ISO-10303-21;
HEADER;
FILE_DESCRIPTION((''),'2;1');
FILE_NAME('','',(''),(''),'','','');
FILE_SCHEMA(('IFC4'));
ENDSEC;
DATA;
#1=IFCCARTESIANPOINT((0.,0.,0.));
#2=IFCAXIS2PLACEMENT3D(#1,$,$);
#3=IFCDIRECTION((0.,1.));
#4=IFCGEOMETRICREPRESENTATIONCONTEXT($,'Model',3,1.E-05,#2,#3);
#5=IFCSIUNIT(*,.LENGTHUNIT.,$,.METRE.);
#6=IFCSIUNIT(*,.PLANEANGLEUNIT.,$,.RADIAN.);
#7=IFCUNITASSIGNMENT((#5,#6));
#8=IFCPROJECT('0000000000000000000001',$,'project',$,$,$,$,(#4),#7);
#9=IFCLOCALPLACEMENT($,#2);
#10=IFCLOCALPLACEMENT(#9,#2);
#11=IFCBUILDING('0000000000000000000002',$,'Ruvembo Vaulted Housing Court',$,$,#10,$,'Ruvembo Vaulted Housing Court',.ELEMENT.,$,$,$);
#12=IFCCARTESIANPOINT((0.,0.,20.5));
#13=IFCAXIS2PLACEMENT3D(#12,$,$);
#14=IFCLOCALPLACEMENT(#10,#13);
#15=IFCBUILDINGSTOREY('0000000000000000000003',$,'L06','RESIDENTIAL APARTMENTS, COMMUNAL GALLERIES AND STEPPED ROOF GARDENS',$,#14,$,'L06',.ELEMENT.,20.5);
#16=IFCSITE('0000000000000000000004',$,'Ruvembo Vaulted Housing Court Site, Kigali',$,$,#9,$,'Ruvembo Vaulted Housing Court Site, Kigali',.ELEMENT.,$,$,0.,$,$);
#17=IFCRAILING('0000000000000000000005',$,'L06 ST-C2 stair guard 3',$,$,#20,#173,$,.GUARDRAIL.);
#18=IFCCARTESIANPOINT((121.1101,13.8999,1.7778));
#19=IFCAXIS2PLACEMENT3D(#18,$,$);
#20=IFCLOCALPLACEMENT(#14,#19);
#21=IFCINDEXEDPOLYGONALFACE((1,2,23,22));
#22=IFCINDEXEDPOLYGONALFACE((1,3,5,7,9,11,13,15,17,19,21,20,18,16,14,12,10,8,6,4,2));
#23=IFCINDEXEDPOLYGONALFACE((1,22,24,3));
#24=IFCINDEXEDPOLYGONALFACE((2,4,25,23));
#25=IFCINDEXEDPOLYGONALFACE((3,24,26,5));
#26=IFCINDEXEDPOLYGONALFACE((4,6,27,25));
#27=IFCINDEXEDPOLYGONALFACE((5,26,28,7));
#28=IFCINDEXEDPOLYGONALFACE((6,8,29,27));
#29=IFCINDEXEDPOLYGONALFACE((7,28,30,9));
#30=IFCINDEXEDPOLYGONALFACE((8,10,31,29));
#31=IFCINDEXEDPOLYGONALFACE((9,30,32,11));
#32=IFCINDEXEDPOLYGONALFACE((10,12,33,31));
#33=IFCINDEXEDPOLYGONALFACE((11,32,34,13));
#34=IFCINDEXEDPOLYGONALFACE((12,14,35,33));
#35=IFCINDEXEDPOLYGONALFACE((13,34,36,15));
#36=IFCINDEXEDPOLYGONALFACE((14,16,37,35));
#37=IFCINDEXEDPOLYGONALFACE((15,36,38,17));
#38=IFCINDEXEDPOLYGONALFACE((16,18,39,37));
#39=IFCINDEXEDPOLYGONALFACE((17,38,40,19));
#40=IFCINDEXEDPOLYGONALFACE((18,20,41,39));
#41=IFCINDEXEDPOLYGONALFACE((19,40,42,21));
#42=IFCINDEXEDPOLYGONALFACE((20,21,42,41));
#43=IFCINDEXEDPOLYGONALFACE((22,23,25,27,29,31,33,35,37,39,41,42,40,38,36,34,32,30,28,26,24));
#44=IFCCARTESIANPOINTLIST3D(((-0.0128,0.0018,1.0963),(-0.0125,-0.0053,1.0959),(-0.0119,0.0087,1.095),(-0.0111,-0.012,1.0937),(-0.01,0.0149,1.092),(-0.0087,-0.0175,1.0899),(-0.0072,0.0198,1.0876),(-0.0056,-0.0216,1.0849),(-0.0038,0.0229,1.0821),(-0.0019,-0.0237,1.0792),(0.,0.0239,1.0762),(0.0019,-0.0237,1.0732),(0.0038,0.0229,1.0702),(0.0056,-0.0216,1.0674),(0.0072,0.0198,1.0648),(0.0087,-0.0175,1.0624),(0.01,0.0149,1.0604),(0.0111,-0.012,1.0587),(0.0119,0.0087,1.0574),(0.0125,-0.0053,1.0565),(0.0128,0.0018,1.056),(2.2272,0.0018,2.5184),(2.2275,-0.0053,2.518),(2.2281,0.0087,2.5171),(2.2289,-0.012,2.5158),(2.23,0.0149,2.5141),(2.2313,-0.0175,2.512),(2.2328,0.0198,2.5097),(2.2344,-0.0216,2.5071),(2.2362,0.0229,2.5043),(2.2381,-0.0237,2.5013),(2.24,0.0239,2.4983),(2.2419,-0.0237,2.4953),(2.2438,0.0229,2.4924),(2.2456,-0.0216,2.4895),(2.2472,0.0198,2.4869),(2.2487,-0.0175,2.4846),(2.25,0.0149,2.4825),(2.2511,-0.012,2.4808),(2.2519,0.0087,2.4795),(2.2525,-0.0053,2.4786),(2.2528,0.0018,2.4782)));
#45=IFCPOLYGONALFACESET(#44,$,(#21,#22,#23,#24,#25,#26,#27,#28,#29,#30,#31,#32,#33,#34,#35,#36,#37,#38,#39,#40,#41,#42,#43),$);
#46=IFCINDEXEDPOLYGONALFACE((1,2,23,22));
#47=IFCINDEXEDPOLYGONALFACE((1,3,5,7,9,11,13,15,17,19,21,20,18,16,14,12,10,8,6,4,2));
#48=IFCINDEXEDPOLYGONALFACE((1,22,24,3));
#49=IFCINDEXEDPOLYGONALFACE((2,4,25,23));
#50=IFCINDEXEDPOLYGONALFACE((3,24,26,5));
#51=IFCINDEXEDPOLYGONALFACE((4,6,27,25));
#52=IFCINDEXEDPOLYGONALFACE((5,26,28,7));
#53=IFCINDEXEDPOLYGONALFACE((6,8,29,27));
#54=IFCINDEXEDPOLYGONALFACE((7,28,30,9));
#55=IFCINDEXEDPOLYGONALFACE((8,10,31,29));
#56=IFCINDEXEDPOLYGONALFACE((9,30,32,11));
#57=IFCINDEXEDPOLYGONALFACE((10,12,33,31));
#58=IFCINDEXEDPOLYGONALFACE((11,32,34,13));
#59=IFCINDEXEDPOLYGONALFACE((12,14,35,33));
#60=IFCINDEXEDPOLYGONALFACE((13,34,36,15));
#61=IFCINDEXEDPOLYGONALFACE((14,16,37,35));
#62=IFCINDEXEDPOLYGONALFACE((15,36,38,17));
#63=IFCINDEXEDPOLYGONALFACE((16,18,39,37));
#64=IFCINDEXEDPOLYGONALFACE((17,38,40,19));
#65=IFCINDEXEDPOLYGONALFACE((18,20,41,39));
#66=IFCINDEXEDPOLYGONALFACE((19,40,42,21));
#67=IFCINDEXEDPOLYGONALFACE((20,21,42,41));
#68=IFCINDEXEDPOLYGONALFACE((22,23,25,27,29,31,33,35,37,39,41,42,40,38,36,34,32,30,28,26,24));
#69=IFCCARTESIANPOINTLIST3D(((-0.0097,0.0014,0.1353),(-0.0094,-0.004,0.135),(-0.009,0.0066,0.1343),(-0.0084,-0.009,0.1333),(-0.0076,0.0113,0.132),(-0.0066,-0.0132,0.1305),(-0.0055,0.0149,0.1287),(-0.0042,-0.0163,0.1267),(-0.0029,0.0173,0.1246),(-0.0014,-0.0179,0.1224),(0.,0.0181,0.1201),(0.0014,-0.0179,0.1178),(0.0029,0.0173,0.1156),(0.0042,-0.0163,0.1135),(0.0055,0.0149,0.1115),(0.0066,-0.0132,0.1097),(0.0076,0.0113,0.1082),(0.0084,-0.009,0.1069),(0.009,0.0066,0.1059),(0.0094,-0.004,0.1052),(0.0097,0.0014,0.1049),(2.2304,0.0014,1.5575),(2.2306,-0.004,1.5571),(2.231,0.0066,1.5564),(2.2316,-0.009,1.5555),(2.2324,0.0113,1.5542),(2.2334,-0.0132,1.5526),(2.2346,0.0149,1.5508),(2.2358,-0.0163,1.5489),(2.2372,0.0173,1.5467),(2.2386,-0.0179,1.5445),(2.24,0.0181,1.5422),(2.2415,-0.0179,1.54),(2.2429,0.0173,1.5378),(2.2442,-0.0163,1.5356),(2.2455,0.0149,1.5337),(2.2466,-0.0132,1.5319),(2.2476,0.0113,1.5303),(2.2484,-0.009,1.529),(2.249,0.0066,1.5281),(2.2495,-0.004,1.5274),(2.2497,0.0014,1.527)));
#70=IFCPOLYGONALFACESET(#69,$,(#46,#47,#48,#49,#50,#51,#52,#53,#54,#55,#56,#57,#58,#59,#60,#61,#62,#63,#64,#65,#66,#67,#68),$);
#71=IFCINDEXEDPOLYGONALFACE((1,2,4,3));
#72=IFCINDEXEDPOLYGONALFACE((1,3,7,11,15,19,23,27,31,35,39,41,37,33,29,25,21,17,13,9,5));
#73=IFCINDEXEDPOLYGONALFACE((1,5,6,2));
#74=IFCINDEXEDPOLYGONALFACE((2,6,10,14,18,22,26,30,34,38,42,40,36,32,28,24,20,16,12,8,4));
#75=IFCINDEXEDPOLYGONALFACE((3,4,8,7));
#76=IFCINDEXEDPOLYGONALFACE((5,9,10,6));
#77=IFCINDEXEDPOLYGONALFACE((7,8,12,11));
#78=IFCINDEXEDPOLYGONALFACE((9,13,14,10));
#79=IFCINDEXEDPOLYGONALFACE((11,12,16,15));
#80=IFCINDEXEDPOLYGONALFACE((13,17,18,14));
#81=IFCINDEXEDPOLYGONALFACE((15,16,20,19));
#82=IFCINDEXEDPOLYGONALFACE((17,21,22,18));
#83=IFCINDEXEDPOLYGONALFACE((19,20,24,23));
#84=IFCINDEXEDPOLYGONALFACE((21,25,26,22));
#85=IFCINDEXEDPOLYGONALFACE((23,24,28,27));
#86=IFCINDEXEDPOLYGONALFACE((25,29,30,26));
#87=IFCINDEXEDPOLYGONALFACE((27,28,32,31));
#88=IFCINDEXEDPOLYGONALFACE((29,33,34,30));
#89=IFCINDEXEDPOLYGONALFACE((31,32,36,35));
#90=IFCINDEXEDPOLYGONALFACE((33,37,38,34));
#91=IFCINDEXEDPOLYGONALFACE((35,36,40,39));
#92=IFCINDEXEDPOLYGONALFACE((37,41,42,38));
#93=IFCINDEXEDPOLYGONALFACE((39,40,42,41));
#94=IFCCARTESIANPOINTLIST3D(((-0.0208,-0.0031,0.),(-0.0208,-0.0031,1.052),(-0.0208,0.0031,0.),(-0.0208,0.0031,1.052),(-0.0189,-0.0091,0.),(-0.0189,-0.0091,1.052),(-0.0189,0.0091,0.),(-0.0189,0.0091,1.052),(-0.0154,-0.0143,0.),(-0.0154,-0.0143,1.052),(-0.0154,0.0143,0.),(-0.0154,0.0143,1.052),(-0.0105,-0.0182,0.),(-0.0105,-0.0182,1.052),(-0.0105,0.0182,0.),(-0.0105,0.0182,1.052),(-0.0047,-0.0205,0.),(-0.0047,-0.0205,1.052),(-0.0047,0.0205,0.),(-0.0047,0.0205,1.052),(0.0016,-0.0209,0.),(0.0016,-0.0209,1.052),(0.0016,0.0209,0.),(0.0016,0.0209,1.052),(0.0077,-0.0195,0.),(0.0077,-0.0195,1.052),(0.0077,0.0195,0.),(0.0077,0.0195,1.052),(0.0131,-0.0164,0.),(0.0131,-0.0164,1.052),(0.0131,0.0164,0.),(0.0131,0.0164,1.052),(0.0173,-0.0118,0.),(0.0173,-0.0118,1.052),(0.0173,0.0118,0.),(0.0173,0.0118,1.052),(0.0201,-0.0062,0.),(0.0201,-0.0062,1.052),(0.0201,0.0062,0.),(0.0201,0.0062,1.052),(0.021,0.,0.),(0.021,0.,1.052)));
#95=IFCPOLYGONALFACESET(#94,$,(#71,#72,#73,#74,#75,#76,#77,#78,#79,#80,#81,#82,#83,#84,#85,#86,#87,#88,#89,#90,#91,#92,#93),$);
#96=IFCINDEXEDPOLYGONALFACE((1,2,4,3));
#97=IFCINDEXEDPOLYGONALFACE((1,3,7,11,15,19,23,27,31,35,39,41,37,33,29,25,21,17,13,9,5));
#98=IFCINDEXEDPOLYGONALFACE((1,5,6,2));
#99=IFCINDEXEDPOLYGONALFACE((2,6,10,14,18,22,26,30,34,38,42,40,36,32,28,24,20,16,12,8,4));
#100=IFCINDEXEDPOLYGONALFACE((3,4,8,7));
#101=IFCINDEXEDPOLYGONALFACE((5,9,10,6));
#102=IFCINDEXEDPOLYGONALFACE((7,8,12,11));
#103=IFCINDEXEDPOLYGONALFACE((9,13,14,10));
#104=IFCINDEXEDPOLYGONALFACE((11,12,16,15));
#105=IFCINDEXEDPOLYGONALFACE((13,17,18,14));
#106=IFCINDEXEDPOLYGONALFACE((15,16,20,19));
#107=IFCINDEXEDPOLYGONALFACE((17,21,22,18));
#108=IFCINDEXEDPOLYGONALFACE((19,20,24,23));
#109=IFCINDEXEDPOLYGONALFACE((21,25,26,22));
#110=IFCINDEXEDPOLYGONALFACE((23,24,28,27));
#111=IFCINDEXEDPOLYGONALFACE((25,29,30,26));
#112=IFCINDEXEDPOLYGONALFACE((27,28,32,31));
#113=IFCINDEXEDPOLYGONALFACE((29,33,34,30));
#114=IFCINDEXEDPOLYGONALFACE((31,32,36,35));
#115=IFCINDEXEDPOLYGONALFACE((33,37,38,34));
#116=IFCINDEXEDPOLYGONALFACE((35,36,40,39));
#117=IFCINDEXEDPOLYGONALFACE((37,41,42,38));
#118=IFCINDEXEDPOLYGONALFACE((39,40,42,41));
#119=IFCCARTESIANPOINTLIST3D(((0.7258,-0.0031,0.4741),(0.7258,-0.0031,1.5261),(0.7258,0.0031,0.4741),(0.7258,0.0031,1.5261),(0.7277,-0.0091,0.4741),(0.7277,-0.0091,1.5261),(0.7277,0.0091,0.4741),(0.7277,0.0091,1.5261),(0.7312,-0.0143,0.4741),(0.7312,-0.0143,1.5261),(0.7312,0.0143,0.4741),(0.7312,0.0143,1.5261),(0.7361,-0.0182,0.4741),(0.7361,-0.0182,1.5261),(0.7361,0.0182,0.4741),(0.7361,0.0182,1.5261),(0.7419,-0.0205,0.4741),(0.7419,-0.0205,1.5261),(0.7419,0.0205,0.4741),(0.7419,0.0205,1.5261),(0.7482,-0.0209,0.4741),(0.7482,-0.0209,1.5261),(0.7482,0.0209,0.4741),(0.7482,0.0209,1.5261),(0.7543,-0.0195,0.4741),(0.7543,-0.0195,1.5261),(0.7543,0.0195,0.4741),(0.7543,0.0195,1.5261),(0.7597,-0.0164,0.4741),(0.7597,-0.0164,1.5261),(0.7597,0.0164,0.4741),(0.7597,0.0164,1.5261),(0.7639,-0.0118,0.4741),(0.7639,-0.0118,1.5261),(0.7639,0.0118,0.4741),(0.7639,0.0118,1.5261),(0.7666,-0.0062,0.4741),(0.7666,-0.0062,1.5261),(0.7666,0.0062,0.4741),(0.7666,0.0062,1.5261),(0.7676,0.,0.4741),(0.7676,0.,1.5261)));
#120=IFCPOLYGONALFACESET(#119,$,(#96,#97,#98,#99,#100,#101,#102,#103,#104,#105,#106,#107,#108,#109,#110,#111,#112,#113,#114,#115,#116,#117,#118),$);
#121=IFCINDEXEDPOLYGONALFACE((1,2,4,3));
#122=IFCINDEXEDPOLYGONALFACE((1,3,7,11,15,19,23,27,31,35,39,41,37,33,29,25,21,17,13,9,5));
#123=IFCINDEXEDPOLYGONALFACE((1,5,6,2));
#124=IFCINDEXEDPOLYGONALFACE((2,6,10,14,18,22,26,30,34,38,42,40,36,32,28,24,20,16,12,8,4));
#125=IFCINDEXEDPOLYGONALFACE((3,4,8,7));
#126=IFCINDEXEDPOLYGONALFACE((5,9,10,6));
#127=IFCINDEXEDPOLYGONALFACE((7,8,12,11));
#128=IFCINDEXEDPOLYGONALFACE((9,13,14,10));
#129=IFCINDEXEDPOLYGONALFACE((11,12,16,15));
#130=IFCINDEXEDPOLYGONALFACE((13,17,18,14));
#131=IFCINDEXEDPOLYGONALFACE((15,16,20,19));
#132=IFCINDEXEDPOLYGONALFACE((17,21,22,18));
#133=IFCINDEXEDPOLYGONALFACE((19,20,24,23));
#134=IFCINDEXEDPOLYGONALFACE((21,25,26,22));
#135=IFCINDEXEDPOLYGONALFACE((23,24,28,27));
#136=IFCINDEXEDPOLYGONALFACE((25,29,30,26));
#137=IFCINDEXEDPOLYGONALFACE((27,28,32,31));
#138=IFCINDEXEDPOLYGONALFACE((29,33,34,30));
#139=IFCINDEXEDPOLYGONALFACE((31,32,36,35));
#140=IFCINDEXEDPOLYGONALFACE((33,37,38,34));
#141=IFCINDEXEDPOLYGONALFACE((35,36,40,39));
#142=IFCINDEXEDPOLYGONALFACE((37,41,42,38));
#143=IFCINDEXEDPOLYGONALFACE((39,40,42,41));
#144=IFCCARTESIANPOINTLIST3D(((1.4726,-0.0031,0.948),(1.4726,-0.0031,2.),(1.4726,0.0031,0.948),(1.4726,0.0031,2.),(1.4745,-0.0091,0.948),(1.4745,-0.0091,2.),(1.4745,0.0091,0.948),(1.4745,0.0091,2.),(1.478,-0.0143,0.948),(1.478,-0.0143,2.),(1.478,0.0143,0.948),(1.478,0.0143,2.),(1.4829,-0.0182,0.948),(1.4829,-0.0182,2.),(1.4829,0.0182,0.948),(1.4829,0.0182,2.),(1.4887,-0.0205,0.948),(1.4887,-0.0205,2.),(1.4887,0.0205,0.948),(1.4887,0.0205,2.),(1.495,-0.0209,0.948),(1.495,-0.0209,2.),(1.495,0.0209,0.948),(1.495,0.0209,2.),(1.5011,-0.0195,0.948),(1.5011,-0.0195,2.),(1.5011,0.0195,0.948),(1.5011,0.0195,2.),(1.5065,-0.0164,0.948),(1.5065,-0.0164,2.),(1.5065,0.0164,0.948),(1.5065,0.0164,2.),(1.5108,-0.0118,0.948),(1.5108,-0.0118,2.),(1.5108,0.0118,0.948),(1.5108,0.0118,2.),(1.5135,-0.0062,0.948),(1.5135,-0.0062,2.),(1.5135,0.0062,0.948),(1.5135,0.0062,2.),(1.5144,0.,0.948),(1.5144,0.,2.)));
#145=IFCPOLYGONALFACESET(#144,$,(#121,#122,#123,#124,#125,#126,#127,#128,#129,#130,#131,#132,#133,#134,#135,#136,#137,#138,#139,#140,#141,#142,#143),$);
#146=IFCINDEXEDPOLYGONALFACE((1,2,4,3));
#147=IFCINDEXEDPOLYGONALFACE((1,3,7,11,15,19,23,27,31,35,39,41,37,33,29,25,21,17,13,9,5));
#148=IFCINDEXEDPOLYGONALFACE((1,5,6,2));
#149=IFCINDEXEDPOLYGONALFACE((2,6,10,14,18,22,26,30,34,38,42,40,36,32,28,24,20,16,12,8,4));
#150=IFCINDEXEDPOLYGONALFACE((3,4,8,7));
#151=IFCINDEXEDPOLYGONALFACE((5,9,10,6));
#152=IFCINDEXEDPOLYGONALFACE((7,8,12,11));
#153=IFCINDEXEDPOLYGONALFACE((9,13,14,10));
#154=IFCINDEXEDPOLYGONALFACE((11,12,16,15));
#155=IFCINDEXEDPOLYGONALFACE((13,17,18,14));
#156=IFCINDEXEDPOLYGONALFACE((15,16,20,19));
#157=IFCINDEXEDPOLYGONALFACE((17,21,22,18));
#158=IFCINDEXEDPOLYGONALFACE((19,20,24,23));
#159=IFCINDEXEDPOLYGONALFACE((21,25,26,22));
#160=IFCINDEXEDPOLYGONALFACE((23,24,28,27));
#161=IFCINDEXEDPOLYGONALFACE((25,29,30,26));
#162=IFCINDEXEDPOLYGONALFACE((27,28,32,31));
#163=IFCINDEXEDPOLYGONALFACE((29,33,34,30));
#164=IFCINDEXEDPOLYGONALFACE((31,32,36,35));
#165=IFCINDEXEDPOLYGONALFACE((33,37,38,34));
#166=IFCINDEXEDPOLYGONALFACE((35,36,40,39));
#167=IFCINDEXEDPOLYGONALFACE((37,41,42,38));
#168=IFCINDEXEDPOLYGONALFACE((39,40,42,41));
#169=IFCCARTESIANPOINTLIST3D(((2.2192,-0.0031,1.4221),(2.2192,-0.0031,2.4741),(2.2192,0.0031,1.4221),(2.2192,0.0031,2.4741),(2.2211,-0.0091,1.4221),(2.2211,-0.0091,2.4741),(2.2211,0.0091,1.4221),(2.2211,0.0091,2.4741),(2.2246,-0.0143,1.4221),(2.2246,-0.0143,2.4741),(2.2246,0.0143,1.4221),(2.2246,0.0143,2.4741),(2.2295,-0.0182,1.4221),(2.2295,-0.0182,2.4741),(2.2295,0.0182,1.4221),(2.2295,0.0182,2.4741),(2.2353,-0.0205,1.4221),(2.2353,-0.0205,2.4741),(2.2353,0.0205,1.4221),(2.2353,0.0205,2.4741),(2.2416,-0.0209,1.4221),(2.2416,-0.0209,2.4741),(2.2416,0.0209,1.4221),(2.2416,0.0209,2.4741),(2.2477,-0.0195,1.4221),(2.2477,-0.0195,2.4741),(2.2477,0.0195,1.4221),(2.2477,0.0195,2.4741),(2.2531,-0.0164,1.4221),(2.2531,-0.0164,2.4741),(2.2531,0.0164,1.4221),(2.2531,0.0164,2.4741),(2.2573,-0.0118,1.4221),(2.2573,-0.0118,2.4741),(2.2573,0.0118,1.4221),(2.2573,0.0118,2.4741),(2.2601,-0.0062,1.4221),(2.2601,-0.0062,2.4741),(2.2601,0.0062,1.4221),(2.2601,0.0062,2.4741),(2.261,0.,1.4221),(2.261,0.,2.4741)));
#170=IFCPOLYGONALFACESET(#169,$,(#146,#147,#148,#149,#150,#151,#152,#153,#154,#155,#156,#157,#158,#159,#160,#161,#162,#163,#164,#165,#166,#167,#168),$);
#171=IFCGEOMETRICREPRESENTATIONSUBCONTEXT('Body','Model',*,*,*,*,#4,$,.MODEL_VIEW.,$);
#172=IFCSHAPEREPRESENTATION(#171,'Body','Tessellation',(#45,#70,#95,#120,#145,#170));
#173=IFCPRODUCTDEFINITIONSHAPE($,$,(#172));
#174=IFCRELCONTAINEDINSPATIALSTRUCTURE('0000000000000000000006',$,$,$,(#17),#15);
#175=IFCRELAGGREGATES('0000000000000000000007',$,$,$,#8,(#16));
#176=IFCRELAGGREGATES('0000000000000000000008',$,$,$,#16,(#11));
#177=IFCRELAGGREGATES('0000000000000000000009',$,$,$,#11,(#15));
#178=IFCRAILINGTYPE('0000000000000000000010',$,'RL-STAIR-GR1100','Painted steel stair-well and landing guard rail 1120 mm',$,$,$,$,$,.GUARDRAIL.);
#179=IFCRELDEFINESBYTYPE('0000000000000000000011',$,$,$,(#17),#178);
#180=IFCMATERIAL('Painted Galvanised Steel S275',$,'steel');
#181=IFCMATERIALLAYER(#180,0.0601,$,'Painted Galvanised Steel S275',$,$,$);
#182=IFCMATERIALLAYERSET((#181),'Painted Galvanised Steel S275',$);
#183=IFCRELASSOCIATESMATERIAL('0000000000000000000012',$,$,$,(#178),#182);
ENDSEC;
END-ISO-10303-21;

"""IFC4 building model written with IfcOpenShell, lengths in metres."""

from ifc_helpers import new_model, si_unit, direction, frame, origin, origin_2d, place, context, subcontext, project, spatial, circle, extrude, material, layer, layer_set, type_object, element, save


model = new_model("IFC4")

# Units and contexts
model_context = context("Model", 3, precision=1e-05, world=origin(), true_north=direction((0.0, 1.0)))
body_context = subcontext(model_context, "Body", "Model", "MODEL_VIEW")
ifc_project = project(units=[si_unit("LENGTHUNIT", "METRE"), si_unit("PLANEANGLEUNIT", "RADIAN")], contexts=[model_context])

# Site, building, storey
site_placement = place(None, origin())
site = spatial("IfcSite", under=ifc_project, at=site_placement, Name="Ruvembo Vaulted Housing Court Site, Kigali", LongName="Ruvembo Vaulted Housing Court Site, Kigali", CompositionType="ELEMENT", RefElevation=0.0)
building_placement = place(site_placement, origin())
building = spatial("IfcBuilding", under=site, at=building_placement, Name="Ruvembo Vaulted Housing Court", LongName="Ruvembo Vaulted Housing Court", CompositionType="ELEMENT")
storey_placement = place(building_placement, frame((0.0, 0.0, 20.5)))
storey = spatial("IfcBuildingStorey", under=building, at=storey_placement, Name="L06", Description="RESIDENTIAL APARTMENTS, COMMUNAL GALLERIES AND STEPPED ROOF GARDENS", LongName="L06", CompositionType="ELEMENT", Elevation=20.5)

# Railing
ifc_material_1 = material(Name="Painted Galvanised Steel S275", Category="steel")
ifc_layer_1 = layer(ifc_material_1, 0.0601, Name="Painted Galvanised Steel S275")
ifc_layer_set_1 = layer_set([ifc_layer_1], Name="Painted Galvanised Steel S275")
railing_type_1 = type_object("IfcRailingType", Name="RL-STAIR-GR1100", Description="Painted steel stair-well and landing guard rail 1120 mm", PredefinedType="GUARDRAIL", material=ifc_layer_set_1)
railing_1_placement = place(storey_placement, frame((121.1101, 13.8999, 1.7778)))
element("IfcRailing", 1, at=railing_1_placement, inside=storey, type_object=railing_type_1, Name="L06 ST-C2 stair guard 3", PredefinedType="GUARDRAIL", context=body_context, shape_type="SweptSolid", body=[
    extrude(circle(Radius=0.0239, at=origin_2d()), frame((0.0, 0.0, 1.0762), z_axis=(0.844229, 0.0, 0.535982), x_axis=(0.0, 1.0, 0.0)), (0.0, 0.0, 1.0), 2.6533),
    extrude(circle(Radius=0.0181, at=origin_2d()), frame((0.0, 0.0, 0.1201), z_axis=(0.844229, 0.0, 0.535982), x_axis=(0.0, 1.0, 0.0)), (0.0, 0.0, 1.0), 2.6533),
    extrude(circle(Radius=0.021, at=origin_2d()), origin(), (0.0, 0.0, 1.0), 1.052),
    extrude(circle(Radius=0.021, at=origin_2d()), frame((0.7466, 0.0, 0.4741)), (0.0, 0.0, 1.0), 1.052),
    extrude(circle(Radius=0.021, at=origin_2d()), frame((1.4934, 0.0, 0.948)), (0.0, 0.0, 1.0), 1.052),
    extrude(circle(Radius=0.021, at=origin_2d()), frame((2.24, 0.0, 1.4221)), (0.0, 0.0, 1.0), 1.052),
])

save(model, "model.ifc")
